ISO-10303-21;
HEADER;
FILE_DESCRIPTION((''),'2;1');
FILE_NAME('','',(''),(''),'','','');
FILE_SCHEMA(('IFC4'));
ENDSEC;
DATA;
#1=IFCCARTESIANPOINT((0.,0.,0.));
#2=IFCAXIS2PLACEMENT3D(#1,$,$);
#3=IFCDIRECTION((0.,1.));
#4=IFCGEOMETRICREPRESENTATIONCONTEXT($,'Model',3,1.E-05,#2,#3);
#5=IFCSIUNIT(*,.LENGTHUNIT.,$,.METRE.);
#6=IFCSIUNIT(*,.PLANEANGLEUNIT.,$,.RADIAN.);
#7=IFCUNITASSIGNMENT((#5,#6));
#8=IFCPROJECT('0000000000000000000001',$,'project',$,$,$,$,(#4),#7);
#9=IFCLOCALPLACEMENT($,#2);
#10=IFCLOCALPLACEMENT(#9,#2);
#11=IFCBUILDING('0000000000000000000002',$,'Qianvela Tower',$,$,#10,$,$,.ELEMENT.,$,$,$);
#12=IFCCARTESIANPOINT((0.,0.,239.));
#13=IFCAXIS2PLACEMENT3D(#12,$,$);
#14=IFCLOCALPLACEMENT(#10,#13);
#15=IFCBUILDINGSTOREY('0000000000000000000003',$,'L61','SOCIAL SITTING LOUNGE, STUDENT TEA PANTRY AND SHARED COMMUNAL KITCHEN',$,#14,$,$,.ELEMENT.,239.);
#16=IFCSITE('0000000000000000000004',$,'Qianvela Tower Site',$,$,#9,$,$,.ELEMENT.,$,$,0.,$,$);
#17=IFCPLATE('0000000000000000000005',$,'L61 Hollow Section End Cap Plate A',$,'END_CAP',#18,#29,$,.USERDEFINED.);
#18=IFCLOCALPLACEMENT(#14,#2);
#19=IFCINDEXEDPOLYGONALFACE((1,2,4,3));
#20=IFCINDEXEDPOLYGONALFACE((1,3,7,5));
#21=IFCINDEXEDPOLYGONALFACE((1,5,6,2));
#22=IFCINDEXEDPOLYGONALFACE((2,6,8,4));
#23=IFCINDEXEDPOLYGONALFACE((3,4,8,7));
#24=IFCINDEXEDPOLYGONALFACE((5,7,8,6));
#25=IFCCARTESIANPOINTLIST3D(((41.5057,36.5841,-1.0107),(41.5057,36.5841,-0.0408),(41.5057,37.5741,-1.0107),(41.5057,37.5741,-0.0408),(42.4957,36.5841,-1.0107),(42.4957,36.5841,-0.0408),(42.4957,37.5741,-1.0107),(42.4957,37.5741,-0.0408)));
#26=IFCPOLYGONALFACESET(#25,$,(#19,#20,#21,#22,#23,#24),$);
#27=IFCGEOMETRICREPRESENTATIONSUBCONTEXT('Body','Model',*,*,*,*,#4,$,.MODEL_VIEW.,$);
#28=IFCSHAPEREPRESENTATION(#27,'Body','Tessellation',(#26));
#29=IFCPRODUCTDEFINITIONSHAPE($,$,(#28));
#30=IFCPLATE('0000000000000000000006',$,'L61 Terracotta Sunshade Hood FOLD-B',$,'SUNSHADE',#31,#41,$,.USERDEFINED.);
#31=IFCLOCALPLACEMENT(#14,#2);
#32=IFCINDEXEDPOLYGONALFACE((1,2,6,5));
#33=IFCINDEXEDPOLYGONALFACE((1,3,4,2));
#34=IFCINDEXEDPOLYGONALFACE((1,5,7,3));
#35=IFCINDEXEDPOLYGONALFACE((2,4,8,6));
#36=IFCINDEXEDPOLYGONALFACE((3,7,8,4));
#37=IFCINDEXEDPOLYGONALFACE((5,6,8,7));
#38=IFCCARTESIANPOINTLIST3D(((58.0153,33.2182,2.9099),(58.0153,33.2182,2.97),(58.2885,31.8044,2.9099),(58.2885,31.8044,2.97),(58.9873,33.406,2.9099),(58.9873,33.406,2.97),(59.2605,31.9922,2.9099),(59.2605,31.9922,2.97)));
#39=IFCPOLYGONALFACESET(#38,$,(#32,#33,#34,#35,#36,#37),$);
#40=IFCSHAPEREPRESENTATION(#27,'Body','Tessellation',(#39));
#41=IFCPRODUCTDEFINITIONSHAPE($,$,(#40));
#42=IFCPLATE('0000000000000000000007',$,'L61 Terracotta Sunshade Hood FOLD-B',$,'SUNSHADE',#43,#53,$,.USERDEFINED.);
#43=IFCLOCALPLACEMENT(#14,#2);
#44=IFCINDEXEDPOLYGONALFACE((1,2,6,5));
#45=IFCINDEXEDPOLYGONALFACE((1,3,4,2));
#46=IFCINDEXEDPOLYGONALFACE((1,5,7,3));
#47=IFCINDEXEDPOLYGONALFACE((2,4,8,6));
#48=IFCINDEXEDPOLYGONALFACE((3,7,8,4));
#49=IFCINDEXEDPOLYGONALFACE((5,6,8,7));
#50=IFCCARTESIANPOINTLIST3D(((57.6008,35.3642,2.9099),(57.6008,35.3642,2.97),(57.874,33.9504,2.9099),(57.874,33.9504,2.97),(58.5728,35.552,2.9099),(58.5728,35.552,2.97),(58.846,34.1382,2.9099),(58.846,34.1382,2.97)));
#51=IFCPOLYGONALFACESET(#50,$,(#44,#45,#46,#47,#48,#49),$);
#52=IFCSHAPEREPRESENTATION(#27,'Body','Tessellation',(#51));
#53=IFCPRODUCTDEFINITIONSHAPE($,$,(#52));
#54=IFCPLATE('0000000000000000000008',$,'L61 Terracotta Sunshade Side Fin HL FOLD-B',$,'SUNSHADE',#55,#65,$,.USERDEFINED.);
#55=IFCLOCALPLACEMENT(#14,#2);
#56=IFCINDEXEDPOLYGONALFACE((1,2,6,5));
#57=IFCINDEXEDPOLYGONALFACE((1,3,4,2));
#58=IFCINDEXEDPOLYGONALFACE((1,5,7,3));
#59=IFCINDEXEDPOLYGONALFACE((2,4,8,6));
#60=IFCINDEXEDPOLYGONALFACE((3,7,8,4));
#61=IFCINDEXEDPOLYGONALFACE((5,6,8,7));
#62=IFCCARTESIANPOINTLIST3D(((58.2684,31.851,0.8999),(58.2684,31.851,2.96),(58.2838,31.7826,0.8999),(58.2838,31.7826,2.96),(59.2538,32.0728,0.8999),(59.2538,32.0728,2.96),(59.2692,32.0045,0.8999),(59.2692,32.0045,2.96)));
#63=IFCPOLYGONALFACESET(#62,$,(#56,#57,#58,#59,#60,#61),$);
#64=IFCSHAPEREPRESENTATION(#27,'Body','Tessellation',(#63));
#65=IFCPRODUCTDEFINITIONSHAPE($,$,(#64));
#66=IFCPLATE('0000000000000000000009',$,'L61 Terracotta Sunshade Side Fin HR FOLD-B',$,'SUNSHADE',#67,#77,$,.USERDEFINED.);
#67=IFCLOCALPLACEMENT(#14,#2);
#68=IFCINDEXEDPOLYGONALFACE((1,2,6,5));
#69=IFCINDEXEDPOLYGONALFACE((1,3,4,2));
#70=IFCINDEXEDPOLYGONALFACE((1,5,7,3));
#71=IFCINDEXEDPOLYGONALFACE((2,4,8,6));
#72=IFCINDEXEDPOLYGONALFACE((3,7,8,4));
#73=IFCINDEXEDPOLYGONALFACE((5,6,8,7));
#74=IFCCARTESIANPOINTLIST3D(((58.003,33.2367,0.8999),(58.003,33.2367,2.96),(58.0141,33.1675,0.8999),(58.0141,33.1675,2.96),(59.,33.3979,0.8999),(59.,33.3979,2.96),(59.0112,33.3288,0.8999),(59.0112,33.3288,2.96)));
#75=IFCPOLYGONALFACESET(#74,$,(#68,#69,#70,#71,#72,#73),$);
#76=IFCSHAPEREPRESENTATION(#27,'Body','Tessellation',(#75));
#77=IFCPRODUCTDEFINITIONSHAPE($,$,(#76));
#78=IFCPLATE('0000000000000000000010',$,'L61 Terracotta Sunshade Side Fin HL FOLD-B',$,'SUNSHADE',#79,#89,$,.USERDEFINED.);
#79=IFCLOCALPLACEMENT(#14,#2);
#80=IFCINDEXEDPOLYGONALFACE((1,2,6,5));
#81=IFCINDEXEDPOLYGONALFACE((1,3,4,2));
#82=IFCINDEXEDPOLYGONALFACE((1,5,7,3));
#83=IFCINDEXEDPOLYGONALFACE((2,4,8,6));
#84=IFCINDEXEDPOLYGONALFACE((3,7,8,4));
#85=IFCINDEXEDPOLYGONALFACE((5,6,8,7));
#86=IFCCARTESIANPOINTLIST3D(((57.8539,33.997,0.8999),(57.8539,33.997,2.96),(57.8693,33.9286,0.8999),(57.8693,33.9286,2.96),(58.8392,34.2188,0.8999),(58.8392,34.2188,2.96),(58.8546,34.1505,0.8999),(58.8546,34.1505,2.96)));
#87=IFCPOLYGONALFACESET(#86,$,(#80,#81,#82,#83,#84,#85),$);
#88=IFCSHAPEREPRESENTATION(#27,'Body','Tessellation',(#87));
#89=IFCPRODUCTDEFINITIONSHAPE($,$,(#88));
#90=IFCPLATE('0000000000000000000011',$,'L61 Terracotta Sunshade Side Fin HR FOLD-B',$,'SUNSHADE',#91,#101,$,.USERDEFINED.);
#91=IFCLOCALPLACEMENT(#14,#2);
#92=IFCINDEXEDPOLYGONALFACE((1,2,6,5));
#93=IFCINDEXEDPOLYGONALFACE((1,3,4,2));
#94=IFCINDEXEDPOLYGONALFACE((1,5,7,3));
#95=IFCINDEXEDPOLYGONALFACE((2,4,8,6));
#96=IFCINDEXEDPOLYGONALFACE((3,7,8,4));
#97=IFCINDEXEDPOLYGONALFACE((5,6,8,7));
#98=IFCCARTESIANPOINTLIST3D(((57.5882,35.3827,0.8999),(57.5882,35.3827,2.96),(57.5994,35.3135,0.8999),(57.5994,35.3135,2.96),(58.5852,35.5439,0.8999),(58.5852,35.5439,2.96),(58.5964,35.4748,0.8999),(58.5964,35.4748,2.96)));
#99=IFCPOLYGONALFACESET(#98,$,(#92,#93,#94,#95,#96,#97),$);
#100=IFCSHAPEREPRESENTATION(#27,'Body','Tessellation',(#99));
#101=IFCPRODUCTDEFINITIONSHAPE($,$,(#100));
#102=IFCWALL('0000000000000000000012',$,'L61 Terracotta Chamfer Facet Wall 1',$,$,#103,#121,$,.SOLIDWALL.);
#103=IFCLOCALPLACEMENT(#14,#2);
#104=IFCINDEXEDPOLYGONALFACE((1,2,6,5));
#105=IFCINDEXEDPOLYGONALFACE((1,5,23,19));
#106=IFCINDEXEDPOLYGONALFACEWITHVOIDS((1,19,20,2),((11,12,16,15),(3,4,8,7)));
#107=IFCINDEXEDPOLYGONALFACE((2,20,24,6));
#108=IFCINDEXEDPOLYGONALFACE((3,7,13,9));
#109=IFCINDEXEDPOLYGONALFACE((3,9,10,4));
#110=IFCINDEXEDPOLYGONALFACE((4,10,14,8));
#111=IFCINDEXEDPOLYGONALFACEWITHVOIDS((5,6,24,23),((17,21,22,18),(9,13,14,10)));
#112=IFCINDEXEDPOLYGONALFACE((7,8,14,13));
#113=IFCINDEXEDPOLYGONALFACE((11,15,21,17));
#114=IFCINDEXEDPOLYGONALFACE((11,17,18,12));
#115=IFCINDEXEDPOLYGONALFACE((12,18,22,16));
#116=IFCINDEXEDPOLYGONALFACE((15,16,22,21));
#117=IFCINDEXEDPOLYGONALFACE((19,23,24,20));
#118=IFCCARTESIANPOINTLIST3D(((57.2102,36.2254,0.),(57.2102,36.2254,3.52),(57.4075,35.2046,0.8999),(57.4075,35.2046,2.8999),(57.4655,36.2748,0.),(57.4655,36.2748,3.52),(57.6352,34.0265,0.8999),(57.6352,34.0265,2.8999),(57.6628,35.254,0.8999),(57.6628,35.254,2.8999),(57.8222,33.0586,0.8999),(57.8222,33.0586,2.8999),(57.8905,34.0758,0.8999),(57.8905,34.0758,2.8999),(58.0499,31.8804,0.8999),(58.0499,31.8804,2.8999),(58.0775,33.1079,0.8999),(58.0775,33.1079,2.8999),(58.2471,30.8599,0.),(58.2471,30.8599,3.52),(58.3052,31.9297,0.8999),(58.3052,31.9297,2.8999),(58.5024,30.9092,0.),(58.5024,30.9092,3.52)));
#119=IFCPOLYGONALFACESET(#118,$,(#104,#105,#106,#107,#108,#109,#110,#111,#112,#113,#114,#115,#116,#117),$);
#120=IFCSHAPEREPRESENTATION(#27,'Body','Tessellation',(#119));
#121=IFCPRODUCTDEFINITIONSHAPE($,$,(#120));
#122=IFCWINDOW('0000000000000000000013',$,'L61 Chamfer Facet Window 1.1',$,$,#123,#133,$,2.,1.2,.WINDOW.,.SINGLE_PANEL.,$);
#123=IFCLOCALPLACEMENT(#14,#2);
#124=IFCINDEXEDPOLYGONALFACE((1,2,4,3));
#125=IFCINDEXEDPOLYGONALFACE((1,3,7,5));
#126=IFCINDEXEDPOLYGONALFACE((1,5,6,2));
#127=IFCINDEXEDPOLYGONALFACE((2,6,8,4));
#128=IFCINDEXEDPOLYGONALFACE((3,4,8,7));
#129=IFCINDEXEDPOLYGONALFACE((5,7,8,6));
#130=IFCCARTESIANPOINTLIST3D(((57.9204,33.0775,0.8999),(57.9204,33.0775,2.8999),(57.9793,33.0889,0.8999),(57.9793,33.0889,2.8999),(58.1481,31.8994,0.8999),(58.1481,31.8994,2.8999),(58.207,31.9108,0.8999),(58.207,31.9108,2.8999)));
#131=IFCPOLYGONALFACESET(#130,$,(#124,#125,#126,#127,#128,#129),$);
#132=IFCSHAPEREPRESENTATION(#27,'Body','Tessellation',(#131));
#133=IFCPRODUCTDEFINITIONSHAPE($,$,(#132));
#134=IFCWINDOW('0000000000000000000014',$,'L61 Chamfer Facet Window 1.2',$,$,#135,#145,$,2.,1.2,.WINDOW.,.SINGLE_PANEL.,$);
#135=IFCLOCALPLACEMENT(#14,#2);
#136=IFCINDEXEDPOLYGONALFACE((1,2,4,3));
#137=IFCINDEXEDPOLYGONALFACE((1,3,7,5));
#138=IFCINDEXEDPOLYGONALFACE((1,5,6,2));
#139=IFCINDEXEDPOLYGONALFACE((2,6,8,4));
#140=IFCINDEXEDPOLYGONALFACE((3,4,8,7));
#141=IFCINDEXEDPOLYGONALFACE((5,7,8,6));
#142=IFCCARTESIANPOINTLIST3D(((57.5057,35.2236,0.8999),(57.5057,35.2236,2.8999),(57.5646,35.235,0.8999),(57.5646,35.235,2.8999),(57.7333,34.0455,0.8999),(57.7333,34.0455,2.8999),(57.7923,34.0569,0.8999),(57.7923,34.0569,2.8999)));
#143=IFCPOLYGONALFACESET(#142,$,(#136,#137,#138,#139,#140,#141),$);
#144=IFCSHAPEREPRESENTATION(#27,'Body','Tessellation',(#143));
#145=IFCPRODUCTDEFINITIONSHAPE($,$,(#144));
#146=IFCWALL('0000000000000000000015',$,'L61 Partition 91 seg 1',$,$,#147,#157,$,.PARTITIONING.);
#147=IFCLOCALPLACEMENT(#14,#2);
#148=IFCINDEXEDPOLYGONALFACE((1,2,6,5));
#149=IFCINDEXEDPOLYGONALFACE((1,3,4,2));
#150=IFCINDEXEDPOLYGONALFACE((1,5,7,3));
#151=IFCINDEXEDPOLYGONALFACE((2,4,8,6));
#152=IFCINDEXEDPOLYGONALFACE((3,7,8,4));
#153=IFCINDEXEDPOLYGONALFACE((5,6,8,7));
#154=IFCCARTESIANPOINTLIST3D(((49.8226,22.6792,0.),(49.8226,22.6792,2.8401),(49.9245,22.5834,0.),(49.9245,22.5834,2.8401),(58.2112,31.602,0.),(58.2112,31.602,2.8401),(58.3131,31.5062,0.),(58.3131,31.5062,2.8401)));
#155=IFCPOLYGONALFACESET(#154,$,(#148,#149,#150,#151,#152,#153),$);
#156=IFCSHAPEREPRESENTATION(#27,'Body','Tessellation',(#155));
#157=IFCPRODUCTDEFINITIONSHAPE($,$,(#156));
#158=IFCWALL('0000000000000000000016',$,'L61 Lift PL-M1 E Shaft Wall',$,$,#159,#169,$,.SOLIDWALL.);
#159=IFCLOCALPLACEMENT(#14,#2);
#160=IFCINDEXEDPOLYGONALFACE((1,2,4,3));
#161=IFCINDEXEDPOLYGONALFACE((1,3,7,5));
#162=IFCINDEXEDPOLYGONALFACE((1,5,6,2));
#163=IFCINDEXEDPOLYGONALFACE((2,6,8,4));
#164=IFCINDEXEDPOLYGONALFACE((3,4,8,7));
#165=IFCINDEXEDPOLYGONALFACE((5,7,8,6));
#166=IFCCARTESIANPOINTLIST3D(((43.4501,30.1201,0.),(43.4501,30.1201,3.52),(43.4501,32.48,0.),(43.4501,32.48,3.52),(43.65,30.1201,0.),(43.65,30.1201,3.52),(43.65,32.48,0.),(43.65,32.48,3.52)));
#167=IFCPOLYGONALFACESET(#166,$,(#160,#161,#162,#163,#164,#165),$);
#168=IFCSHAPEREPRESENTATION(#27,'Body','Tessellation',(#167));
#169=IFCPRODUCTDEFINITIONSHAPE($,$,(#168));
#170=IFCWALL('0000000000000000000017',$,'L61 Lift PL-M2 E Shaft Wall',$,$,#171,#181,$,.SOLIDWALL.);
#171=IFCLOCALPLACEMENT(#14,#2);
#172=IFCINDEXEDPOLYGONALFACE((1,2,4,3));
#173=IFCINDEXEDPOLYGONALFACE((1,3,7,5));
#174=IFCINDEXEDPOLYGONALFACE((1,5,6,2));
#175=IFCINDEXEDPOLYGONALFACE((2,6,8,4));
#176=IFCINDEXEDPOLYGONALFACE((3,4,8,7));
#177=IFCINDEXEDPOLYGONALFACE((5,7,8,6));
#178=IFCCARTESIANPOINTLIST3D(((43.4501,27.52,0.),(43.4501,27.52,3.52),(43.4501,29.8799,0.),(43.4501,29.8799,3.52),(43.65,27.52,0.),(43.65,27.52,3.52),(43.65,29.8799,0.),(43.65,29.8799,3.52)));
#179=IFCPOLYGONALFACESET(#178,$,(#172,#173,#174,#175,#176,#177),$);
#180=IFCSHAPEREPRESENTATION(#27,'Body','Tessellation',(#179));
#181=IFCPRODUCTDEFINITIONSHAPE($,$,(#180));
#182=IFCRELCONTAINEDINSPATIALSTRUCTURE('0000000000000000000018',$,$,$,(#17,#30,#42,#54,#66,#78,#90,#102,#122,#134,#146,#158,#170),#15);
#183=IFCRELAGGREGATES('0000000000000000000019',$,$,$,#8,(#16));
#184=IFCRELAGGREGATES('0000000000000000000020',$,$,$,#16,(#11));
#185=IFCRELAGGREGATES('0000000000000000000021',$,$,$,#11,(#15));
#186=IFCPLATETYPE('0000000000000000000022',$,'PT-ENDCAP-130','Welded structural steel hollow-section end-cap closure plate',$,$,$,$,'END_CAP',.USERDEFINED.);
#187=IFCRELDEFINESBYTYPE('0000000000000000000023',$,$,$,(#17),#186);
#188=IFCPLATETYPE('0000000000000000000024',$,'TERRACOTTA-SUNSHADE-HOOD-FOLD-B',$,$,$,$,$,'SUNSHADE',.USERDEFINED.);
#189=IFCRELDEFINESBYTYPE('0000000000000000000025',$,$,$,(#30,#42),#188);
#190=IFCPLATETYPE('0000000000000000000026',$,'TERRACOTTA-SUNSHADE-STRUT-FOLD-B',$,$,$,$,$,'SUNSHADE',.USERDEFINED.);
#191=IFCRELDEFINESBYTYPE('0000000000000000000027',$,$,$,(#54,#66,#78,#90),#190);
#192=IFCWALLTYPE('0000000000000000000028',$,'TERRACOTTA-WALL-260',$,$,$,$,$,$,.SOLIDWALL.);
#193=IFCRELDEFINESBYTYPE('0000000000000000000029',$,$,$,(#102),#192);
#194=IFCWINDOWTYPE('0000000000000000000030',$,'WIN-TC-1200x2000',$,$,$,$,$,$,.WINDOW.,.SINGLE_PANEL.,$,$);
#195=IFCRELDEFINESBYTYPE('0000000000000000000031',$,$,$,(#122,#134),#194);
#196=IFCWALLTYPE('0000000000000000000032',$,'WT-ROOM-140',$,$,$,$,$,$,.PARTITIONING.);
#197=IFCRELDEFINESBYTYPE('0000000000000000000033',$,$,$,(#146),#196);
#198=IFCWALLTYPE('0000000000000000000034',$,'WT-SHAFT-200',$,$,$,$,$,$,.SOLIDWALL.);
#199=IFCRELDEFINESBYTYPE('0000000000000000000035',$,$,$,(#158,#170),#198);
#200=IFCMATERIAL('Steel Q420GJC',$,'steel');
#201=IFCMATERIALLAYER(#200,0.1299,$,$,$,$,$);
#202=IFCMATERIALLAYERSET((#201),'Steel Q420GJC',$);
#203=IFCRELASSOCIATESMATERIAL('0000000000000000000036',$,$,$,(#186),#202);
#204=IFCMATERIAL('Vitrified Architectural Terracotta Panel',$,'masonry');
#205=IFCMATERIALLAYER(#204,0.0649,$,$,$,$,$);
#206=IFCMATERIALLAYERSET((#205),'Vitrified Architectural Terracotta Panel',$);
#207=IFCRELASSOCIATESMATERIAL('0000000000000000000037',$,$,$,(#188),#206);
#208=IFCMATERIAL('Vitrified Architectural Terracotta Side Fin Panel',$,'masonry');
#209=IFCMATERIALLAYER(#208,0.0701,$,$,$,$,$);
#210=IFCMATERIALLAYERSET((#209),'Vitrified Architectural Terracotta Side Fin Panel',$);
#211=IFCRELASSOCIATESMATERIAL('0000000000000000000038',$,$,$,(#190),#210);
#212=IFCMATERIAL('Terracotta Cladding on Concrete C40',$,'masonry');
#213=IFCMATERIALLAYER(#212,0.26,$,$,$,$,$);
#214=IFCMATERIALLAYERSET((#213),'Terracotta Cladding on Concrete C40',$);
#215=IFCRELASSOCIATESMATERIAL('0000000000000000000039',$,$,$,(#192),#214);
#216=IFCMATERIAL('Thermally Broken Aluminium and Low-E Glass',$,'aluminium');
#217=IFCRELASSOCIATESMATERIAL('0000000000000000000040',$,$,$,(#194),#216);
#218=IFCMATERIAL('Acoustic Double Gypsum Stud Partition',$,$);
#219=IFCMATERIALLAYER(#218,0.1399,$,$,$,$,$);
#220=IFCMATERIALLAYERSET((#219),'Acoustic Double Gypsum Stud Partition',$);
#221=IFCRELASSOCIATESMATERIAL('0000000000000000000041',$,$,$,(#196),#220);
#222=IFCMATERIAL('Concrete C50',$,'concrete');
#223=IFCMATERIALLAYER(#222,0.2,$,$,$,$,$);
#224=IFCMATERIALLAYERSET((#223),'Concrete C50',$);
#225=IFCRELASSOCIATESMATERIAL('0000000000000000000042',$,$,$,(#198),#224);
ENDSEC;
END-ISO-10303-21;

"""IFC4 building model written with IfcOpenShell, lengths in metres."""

from ifc_helpers import new_model, si_unit, direction, frame, frame_2d, origin, origin_2d, place, context, subcontext, project, spatial, rectangle, extrude, material, layer, layer_set, type_object, element, fill, save


model = new_model("IFC4")

# Units and contexts
model_context = context("Model", 3, precision=1e-05, world=origin(), true_north=direction((0.0, 1.0)))
body_context = subcontext(model_context, "Body", "Model", "MODEL_VIEW")
ifc_project = project(units=[si_unit("LENGTHUNIT", "METRE"), si_unit("PLANEANGLEUNIT", "RADIAN")], contexts=[model_context])

# Site, building, storey
site_placement = place(None, origin())
site = spatial("IfcSite", under=ifc_project, at=site_placement, Name="Qianvela Tower Site", CompositionType="ELEMENT", RefElevation=0.0)
building_placement = place(site_placement, origin())
building = spatial("IfcBuilding", under=site, at=building_placement, Name="Qianvela Tower", CompositionType="ELEMENT")
storey_placement = place(building_placement, frame((0.0, 0.0, 239.0)))
storey = spatial("IfcBuildingStorey", under=building, at=storey_placement, Name="L61", Description="SOCIAL SITTING LOUNGE, STUDENT TEA PANTRY AND SHARED COMMUNAL KITCHEN", CompositionType="ELEMENT", Elevation=239.0)

# Plates
ifc_material_1 = material(Name="Steel Q420GJC", Category="steel")
ifc_layer_1 = layer(ifc_material_1, 0.1299)
ifc_layer_set_1 = layer_set([ifc_layer_1], Name="Steel Q420GJC")
plate_type_1 = type_object("IfcPlateType", Name="PT-ENDCAP-130", Description="Welded structural steel hollow-section end-cap closure plate", ElementType="END_CAP", PredefinedType="USERDEFINED", material=ifc_layer_set_1)
plate_1_placement = place(storey_placement, frame((42.0007, 37.0791, -1.0107), z_axis=(0.0, 0.0, 1.0), x_axis=(1.0, 0.0, 0.0)))
element("IfcPlate", 1, at=plate_1_placement, inside=storey, type_object=plate_type_1, Name="L61 Hollow Section End Cap Plate A", ObjectType="END_CAP", PredefinedType="USERDEFINED", context=body_context, shape_type="SweptSolid", body=[
    extrude(rectangle(XDim=0.99, YDim=0.99, at=origin_2d()), origin(), (0.0, 0.0, 1.0), 0.97),
])
ifc_material_2 = material(Name="Vitrified Architectural Terracotta Panel", Category="masonry")
ifc_layer_2 = layer(ifc_material_2, 0.0649)
ifc_layer_set_2 = layer_set([ifc_layer_2], Name="Vitrified Architectural Terracotta Panel")
plate_type_2 = type_object("IfcPlateType", Name="TERRACOTTA-SUNSHADE-HOOD-FOLD-B", ElementType="SUNSHADE", PredefinedType="USERDEFINED", material=ifc_layer_set_2)
for number, where, z_axis, x_axis, name in (
    (2, (58.6379, 32.6052, 2.9099), (0.0, 0.0, 1.0), (-0.189731, 0.981836, 0.0), "L61 Terracotta Sunshade Hood FOLD-B"),
    (3, (58.2234, 34.7512, 2.9099), (0.0, 0.0, 1.0), (-0.189731, 0.981836, 0.0), "L61 Terracotta Sunshade Hood FOLD-B"),
):
    element("IfcPlate", number, at=place(storey_placement, frame(where, z_axis=z_axis, x_axis=x_axis)), inside=storey, type_object=plate_type_2, Name=name, ObjectType="SUNSHADE", PredefinedType="USERDEFINED", context=body_context, shape_type="SweptSolid", body=[
        extrude(rectangle(XDim=1.4399, YDim=0.99, at=origin_2d()), origin(), (0.0, 0.0, 1.0), 0.0601),
    ])
ifc_material_3 = material(Name="Vitrified Architectural Terracotta Side Fin Panel", Category="masonry")
ifc_layer_3 = layer(ifc_material_3, 0.0701)
ifc_layer_set_3 = layer_set([ifc_layer_3], Name="Vitrified Architectural Terracotta Side Fin Panel")
plate_type_3 = type_object("IfcPlateType", Name="TERRACOTTA-SUNSHADE-STRUT-FOLD-B", ElementType="SUNSHADE", PredefinedType="USERDEFINED", material=ifc_layer_set_3)
for number, where, z_axis, x_axis, name in (
    (4, (58.7688, 31.9277, 0.8999), (0.0, 0.0, 1.0), (-0.219627, 0.975584, 0.0), "L61 Terracotta Sunshade Side Fin HL FOLD-B"),
    (5, (58.5071, 33.2827, 0.8999), (0.0, 0.0, 1.0), (-0.159659, 0.987172, 0.0), "L61 Terracotta Sunshade Side Fin HR FOLD-B"),
    (6, (58.3542, 34.0737, 0.8999), (0.0, 0.0, 1.0), (-0.219627, 0.975584, 0.0), "L61 Terracotta Sunshade Side Fin HL FOLD-B"),
    (7, (58.0923, 35.4287, 0.8999), (0.0, 0.0, 1.0), (-0.159659, 0.987172, 0.0), "L61 Terracotta Sunshade Side Fin HR FOLD-B"),
):
    element("IfcPlate", number, at=place(storey_placement, frame(where, z_axis=z_axis, x_axis=x_axis)), inside=storey, type_object=plate_type_3, Name=name, ObjectType="SUNSHADE", PredefinedType="USERDEFINED", context=body_context, shape_type="SweptSolid", body=[
        extrude(rectangle(XDim=0.0701, YDim=1.01, at=origin_2d()), origin(), (0.0, 0.0, 1.0), 2.0601),
    ])

# Wall, openings, windows
ifc_material_4 = material(Name="Terracotta Cladding on Concrete C40", Category="masonry")
ifc_layer_4 = layer(ifc_material_4, 0.26)
ifc_layer_set_4 = layer_set([ifc_layer_4], Name="Terracotta Cladding on Concrete C40")
wall_type_1 = type_object("IfcWallType", Name="TERRACOTTA-WALL-260", PredefinedType="SOLIDWALL", material=ifc_layer_set_4)
wall_1_placement = place(storey_placement, frame((58.3748, 30.8845, 0.0), z_axis=(0.0, 0.0, 1.0), x_axis=(-0.189737, 0.981835, 0.0)))
wall_1 = element("IfcWall", 8, at=wall_1_placement, inside=storey, type_object=wall_type_1, Name="L61 Terracotta Chamfer Facet Wall 1", PredefinedType="SOLIDWALL", context=body_context, shape_type="SweptSolid", body=[
    extrude(rectangle(XDim=5.4648, YDim=0.26, at=frame_2d((2.7324, 0.0))), origin(), (0.0, 0.0, 1.0), 3.52),
])
opening_1_placement = place(wall_1_placement, frame((1.0393, 0.0, 0.8999)))
opening_1 = element("IfcOpeningElement", 9, at=opening_1_placement, cuts=wall_1, PredefinedType="OPENING", context=body_context, shape_type="SweptSolid", body=[
    extrude(rectangle(XDim=1.2, YDim=2.0, at=frame_2d((0.6001, 1.0))), frame((0.0, 0.1399, 0.0), z_axis=(0.0, -1.0, 0.0), x_axis=(1.0, 0.0, 0.0)), (0.0, 0.0, 1.0), 0.28),
])
opening_2_placement = place(wall_1_placement, frame((3.2251, 0.0, 0.8999)))
opening_2 = element("IfcOpeningElement", 10, at=opening_2_placement, cuts=wall_1, PredefinedType="OPENING", context=body_context, shape_type="SweptSolid", body=[
    extrude(rectangle(XDim=1.2, YDim=2.0, at=frame_2d((0.6001, 1.0))), frame((0.0, 0.1399, 0.0), z_axis=(0.0, -1.0, 0.0), x_axis=(1.0, 0.0, 0.0)), (0.0, 0.0, 1.0), 0.28),
])
ifc_material_5 = material(Name="Thermally Broken Aluminium and Low-E Glass", Category="aluminium")
window_type = type_object("IfcWindowType", Name="WIN-TC-1200x2000", PartitioningType="SINGLE_PANEL", PredefinedType="WINDOW", material=ifc_material_5)
window_1_placement = place(opening_1_placement, origin())
window_1 = element("IfcWindow", 11, at=window_1_placement, inside=storey, type_object=window_type, Name="L61 Chamfer Facet Window 1.1", OverallHeight=2.0, OverallWidth=1.2, PartitioningType="SINGLE_PANEL", PredefinedType="WINDOW", context=body_context, shape_type="SweptSolid", body=[
    extrude(rectangle(XDim=1.2, YDim=2.0, at=frame_2d((0.6001, 1.0))), frame((0.0, 0.03, 0.0), z_axis=(0.0, -1.0, 0.0), x_axis=(1.0, 0.0, 0.0)), (0.0, 0.0, 1.0), 0.0601),
])
fill(opening_1, window_1)
window_2_placement = place(opening_2_placement, origin())
window_2 = element("IfcWindow", 12, at=window_2_placement, inside=storey, type_object=window_type, Name="L61 Chamfer Facet Window 1.2", OverallHeight=2.0, OverallWidth=1.2, PartitioningType="SINGLE_PANEL", PredefinedType="WINDOW", context=body_context, shape_type="SweptSolid", body=[
    extrude(rectangle(XDim=1.2, YDim=2.0, at=frame_2d((0.6001, 1.0))), frame((0.0, 0.03, 0.0), z_axis=(0.0, -1.0, 0.0), x_axis=(1.0, 0.0, 0.0)), (0.0, 0.0, 1.0), 0.0601),
])
fill(opening_2, window_2)

# Walls
ifc_material_6 = material(Name="Acoustic Double Gypsum Stud Partition")
ifc_layer_5 = layer(ifc_material_6, 0.1399)
ifc_layer_set_5 = layer_set([ifc_layer_5], Name="Acoustic Double Gypsum Stud Partition")
wall_type_2 = type_object("IfcWallType", Name="WT-ROOM-140", PredefinedType="PARTITIONING", material=ifc_layer_set_5)
wall_2_placement = place(storey_placement, frame((58.2622, 31.5542, 0.0), z_axis=(0.0, 0.0, 1.0), x_axis=(-0.684962, -0.728579, 0.0)))
element("IfcWall", 13, at=wall_2_placement, inside=storey, type_object=wall_type_2, Name="L61 Partition 91 seg 1", PredefinedType="PARTITIONING", context=body_context, shape_type="SweptSolid", body=[
    extrude(rectangle(XDim=12.2468, YDim=0.1399, at=frame_2d((6.1235, 0.0))), origin(), (0.0, 0.0, 1.0), 2.8401),
])
ifc_material_7 = material(Name="Concrete C50", Category="concrete")
ifc_layer_6 = layer(ifc_material_7, 0.2)
ifc_layer_set_6 = layer_set([ifc_layer_6], Name="Concrete C50")
wall_type_3 = type_object("IfcWallType", Name="WT-SHAFT-200", PredefinedType="SOLIDWALL", material=ifc_layer_set_6)
for number, where, z_axis, x_axis, name in (
    (14, (43.55, 30.1201, 0.0), (0.0, 0.0, 1.0), (0.0, 1.0, 0.0), "L61 Lift PL-M1 E Shaft Wall"),
    (15, (43.55, 27.52, 0.0), (0.0, 0.0, 1.0), (0.0, 1.0, 0.0), "L61 Lift PL-M2 E Shaft Wall"),
):
    element("IfcWall", number, at=place(storey_placement, frame(where, z_axis=z_axis, x_axis=x_axis)), inside=storey, type_object=wall_type_3, Name=name, PredefinedType="SOLIDWALL", context=body_context, shape_type="SweptSolid", body=[
        extrude(rectangle(XDim=2.3599, YDim=0.2, at=frame_2d((1.1799, 0.0))), origin(), (0.0, 0.0, 1.0), 3.52),
    ])

save(model, "model.ifc")
